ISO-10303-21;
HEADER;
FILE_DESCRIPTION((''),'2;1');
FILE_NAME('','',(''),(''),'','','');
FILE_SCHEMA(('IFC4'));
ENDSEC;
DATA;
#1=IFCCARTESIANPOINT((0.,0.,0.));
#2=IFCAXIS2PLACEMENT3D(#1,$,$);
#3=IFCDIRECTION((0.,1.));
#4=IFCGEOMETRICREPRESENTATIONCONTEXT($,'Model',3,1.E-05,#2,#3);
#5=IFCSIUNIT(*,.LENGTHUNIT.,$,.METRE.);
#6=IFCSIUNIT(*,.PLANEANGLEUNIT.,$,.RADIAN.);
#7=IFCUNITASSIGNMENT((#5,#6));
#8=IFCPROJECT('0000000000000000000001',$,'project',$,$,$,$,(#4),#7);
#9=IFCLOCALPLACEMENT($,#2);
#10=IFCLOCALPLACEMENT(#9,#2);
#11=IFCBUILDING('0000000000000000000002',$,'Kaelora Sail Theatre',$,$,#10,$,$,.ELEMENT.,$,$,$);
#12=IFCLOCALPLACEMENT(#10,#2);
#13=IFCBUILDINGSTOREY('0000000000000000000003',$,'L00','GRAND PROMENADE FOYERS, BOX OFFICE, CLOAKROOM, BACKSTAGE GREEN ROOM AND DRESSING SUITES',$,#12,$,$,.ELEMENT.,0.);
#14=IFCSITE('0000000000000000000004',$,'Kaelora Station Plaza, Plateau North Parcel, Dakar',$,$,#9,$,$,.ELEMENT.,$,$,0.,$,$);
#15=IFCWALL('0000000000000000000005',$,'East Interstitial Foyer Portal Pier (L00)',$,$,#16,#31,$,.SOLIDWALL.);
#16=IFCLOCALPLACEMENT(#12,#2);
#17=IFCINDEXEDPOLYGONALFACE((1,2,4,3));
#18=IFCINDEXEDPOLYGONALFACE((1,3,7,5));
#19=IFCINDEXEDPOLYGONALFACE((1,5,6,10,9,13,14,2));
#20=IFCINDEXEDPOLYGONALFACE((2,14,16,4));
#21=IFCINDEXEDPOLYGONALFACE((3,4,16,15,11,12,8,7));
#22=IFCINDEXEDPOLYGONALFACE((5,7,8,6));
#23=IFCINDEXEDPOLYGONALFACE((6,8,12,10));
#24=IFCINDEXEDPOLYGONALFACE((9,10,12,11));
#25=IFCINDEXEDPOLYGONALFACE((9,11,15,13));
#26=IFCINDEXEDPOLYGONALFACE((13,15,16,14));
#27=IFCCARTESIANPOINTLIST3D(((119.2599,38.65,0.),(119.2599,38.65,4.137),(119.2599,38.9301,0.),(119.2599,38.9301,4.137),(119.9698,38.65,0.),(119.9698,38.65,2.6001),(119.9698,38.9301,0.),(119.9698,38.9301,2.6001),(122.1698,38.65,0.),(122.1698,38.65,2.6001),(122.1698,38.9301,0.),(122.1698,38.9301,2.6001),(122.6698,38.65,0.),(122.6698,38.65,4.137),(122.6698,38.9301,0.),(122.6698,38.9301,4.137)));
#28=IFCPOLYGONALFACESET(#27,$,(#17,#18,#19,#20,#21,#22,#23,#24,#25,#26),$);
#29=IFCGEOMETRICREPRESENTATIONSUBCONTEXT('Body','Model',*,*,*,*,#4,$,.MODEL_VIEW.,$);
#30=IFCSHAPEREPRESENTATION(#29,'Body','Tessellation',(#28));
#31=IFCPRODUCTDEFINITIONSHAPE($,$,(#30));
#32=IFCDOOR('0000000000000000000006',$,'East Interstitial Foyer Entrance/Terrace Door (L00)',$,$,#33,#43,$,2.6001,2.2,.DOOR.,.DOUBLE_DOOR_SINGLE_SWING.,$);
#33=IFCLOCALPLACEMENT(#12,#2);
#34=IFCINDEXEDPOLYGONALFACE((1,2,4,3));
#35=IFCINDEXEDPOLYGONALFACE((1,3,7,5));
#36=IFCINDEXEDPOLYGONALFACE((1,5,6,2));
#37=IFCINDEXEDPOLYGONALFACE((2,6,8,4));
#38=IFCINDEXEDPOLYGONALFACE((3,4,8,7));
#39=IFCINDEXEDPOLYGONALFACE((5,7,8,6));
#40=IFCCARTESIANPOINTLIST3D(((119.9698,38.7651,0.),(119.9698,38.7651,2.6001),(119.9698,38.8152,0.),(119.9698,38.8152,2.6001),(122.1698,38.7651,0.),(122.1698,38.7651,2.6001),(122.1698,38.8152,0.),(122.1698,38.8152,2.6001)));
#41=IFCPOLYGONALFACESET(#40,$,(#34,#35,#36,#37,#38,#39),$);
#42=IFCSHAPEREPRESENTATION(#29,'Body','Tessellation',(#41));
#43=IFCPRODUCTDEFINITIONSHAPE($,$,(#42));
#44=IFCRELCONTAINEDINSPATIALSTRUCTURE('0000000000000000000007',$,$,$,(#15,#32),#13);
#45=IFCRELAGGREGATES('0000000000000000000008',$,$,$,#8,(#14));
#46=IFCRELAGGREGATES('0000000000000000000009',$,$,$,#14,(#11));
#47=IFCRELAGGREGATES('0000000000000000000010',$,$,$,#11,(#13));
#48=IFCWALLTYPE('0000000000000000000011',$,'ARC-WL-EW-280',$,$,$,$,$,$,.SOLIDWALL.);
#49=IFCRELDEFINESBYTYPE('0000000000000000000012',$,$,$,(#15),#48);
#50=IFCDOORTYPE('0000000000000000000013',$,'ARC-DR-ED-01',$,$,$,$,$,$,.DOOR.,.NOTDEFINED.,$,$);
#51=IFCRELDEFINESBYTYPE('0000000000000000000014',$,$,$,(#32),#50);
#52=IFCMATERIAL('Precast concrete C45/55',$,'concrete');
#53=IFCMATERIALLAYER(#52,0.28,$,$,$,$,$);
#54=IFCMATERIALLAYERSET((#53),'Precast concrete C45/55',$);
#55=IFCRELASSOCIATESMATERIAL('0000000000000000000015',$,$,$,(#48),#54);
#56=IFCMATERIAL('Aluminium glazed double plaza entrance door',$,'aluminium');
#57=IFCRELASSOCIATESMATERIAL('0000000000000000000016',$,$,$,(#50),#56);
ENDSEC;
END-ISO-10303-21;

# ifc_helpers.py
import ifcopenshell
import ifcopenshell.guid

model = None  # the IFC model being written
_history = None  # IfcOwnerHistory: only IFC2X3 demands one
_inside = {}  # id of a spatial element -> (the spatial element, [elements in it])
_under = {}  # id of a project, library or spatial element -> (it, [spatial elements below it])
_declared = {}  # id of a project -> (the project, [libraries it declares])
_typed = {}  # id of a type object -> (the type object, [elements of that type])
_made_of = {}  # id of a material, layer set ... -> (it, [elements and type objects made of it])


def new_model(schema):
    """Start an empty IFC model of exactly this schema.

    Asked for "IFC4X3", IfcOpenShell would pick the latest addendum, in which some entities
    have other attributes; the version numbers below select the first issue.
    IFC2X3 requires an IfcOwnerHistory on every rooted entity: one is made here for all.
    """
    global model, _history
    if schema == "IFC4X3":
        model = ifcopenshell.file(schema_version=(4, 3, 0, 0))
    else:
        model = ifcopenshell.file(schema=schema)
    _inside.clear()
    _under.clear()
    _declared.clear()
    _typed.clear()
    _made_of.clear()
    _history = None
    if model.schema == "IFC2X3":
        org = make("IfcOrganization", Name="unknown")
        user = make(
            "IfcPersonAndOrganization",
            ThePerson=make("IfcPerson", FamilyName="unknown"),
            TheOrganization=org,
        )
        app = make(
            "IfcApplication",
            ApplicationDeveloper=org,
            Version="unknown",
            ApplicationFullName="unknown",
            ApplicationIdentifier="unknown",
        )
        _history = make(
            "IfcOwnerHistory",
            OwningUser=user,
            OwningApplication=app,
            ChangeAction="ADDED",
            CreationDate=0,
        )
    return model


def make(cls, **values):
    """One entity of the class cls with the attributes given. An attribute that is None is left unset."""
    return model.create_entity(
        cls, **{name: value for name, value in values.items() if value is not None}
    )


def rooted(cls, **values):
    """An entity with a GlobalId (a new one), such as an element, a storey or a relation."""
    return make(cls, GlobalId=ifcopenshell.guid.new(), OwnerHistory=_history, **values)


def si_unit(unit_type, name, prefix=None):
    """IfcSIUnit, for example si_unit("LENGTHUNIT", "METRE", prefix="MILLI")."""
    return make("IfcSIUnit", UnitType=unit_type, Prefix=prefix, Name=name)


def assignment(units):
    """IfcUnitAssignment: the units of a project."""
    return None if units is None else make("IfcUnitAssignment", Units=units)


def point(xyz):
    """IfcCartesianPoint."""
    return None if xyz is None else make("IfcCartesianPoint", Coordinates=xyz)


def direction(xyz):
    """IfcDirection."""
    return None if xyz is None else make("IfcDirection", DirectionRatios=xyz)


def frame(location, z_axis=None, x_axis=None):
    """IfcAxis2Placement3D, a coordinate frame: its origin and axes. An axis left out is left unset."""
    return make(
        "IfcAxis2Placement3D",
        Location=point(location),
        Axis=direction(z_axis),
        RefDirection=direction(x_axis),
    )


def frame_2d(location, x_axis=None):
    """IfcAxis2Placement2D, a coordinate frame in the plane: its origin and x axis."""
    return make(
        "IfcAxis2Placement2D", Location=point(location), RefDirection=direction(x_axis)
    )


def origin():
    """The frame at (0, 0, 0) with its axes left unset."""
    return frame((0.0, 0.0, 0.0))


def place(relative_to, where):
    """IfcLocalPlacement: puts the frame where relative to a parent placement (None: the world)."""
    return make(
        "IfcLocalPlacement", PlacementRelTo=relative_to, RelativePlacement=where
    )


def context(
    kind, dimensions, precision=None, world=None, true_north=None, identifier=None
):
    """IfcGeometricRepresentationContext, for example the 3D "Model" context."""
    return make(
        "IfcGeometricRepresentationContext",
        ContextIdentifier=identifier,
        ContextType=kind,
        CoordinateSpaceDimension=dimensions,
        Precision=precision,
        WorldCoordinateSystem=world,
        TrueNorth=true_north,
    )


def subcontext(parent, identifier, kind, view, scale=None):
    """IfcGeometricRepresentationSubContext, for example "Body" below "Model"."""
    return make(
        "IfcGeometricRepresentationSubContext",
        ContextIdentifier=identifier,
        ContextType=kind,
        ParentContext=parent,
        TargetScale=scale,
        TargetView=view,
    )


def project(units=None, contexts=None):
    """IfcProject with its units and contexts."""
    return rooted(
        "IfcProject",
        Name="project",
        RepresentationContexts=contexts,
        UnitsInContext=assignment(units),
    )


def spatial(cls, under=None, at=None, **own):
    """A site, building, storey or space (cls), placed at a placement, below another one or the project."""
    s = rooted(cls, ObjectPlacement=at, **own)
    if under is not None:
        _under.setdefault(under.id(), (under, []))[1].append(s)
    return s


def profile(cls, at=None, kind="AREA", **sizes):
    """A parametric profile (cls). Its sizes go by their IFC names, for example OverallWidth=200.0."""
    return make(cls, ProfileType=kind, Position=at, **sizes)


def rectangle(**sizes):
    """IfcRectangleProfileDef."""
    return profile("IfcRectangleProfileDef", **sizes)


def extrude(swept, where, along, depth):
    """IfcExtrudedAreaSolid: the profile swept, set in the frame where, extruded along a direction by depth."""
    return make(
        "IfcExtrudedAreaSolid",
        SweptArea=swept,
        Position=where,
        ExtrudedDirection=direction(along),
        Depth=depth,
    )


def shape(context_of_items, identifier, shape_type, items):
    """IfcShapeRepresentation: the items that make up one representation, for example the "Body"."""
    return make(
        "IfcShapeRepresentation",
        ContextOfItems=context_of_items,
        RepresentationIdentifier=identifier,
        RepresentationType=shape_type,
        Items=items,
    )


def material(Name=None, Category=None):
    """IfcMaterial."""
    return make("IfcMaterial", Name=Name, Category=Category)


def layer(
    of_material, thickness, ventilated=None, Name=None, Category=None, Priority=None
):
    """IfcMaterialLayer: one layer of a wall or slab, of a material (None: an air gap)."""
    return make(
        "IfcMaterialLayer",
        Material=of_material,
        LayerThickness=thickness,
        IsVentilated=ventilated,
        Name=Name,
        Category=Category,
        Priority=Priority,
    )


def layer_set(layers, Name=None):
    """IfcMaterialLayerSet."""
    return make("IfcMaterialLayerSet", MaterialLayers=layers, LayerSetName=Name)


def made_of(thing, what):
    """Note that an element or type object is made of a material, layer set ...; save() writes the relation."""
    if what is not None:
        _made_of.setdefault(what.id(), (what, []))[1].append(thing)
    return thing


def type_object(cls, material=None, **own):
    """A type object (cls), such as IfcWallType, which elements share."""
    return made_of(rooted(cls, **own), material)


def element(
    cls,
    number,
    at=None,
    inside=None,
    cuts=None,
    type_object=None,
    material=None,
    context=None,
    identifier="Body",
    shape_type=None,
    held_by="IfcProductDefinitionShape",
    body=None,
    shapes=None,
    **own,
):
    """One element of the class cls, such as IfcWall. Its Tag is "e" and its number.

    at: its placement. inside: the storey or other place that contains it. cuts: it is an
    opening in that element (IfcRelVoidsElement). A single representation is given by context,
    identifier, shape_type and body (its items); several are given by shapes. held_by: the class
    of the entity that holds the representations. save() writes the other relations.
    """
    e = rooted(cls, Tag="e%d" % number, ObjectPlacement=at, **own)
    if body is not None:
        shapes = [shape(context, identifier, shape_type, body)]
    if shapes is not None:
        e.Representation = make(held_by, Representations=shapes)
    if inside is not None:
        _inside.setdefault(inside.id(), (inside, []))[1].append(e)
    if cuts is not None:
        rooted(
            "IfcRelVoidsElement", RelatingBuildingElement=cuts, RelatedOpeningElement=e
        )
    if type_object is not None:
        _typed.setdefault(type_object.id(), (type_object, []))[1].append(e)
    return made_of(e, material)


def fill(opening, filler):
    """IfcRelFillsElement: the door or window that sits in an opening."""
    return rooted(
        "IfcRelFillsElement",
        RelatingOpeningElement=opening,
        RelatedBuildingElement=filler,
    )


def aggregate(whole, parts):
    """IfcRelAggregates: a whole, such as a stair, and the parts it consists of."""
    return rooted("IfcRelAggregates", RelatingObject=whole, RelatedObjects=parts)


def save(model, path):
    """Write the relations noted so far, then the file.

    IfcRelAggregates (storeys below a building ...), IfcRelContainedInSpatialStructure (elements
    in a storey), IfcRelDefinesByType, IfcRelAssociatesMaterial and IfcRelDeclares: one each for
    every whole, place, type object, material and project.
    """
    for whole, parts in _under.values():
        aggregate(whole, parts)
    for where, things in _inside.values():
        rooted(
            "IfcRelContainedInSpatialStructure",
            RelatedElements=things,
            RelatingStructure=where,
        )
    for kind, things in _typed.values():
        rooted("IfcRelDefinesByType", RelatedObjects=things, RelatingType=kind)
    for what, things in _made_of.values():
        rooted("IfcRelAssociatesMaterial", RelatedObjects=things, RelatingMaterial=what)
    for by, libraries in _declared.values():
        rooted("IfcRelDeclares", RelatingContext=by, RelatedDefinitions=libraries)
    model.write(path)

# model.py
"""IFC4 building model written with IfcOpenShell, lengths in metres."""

from ifc_helpers import new_model, si_unit, direction, frame, frame_2d, origin, place, context, subcontext, project, spatial, rectangle, extrude, material, layer, layer_set, type_object, element, fill, save


model = new_model("IFC4")

# Units and contexts
model_context = context("Model", 3, precision=1e-05, world=origin(), true_north=direction((0.0, 1.0)))
body_context = subcontext(model_context, "Body", "Model", "MODEL_VIEW")
ifc_project = project(units=[si_unit("LENGTHUNIT", "METRE"), si_unit("PLANEANGLEUNIT", "RADIAN")], contexts=[model_context])

# Site, building, storey
site_placement = place(None, origin())
site = spatial("IfcSite", under=ifc_project, at=site_placement, Name="Kaelora Station Plaza, Plateau North Parcel, Dakar", CompositionType="ELEMENT", RefElevation=0.0)
building_placement = place(site_placement, origin())
building = spatial("IfcBuilding", under=site, at=building_placement, Name="Kaelora Sail Theatre", CompositionType="ELEMENT")
storey_placement = place(building_placement, origin())
storey = spatial("IfcBuildingStorey", under=building, at=storey_placement, Name="L00", Description="GRAND PROMENADE FOYERS, BOX OFFICE, CLOAKROOM, BACKSTAGE GREEN ROOM AND DRESSING SUITES", CompositionType="ELEMENT", Elevation=0.0)

# Wall, opening, door
ifc_material_1 = material(Name="Precast concrete C45/55", Category="concrete")
ifc_layer_1 = layer(ifc_material_1, 0.28)
ifc_layer_set_1 = layer_set([ifc_layer_1], Name="Precast concrete C45/55")
wall_type_1 = type_object("IfcWallType", Name="ARC-WL-EW-280", PredefinedType="SOLIDWALL", material=ifc_layer_set_1)
wall_1_placement = place(storey_placement, frame((122.6699, 38.79, 0.0), z_axis=(0.0, 0.0, 1.0), x_axis=(-1.0, 0.0, 0.0)))
wall_1 = element("IfcWall", 1, at=wall_1_placement, inside=storey, type_object=wall_type_1, Name="East Interstitial Foyer Portal Pier (L00)", PredefinedType="SOLIDWALL", context=body_context, shape_type="SweptSolid", body=[
    extrude(rectangle(XDim=3.4099, YDim=0.28, at=frame_2d((1.7051, 0.0))), origin(), (0.0, 0.0, 1.0), 4.137),
])
opening_placement = place(wall_1_placement, frame((0.5, 0.0, 0.0)))
opening = element("IfcOpeningElement", 2, at=opening_placement, cuts=wall_1, PredefinedType="OPENING", context=body_context, shape_type="SweptSolid", body=[
    extrude(rectangle(XDim=2.2, YDim=2.6001, at=frame_2d((1.1001, 1.3))), frame((0.0, 0.1501, 0.0), z_axis=(0.0, -1.0, 0.0), x_axis=(1.0, 0.0, 0.0)), (0.0, 0.0, 1.0), 0.3),
])
ifc_material_2 = material(Name="Aluminium glazed double plaza entrance door", Category="aluminium")
door_type = type_object("IfcDoorType", Name="ARC-DR-ED-01", OperationType="NOTDEFINED", PredefinedType="DOOR", material=ifc_material_2)
door_placement = place(opening_placement, origin())
door = element("IfcDoor", 3, at=door_placement, inside=storey, type_object=door_type, Name="East Interstitial Foyer Entrance/Terrace Door (L00)", OperationType="DOUBLE_DOOR_SINGLE_SWING", OverallHeight=2.6001, OverallWidth=2.2, PredefinedType="DOOR", context=body_context, shape_type="SweptSolid", body=[
    extrude(rectangle(XDim=2.2, YDim=2.6001, at=frame_2d((1.1001, 1.3))), frame((0.0, 0.0249, 0.0), z_axis=(0.0, -1.0, 0.0), x_axis=(1.0, 0.0, 0.0)), (0.0, 0.0, 1.0), 0.05),
])
fill(opening, door)

save(model, "model.ifc")
